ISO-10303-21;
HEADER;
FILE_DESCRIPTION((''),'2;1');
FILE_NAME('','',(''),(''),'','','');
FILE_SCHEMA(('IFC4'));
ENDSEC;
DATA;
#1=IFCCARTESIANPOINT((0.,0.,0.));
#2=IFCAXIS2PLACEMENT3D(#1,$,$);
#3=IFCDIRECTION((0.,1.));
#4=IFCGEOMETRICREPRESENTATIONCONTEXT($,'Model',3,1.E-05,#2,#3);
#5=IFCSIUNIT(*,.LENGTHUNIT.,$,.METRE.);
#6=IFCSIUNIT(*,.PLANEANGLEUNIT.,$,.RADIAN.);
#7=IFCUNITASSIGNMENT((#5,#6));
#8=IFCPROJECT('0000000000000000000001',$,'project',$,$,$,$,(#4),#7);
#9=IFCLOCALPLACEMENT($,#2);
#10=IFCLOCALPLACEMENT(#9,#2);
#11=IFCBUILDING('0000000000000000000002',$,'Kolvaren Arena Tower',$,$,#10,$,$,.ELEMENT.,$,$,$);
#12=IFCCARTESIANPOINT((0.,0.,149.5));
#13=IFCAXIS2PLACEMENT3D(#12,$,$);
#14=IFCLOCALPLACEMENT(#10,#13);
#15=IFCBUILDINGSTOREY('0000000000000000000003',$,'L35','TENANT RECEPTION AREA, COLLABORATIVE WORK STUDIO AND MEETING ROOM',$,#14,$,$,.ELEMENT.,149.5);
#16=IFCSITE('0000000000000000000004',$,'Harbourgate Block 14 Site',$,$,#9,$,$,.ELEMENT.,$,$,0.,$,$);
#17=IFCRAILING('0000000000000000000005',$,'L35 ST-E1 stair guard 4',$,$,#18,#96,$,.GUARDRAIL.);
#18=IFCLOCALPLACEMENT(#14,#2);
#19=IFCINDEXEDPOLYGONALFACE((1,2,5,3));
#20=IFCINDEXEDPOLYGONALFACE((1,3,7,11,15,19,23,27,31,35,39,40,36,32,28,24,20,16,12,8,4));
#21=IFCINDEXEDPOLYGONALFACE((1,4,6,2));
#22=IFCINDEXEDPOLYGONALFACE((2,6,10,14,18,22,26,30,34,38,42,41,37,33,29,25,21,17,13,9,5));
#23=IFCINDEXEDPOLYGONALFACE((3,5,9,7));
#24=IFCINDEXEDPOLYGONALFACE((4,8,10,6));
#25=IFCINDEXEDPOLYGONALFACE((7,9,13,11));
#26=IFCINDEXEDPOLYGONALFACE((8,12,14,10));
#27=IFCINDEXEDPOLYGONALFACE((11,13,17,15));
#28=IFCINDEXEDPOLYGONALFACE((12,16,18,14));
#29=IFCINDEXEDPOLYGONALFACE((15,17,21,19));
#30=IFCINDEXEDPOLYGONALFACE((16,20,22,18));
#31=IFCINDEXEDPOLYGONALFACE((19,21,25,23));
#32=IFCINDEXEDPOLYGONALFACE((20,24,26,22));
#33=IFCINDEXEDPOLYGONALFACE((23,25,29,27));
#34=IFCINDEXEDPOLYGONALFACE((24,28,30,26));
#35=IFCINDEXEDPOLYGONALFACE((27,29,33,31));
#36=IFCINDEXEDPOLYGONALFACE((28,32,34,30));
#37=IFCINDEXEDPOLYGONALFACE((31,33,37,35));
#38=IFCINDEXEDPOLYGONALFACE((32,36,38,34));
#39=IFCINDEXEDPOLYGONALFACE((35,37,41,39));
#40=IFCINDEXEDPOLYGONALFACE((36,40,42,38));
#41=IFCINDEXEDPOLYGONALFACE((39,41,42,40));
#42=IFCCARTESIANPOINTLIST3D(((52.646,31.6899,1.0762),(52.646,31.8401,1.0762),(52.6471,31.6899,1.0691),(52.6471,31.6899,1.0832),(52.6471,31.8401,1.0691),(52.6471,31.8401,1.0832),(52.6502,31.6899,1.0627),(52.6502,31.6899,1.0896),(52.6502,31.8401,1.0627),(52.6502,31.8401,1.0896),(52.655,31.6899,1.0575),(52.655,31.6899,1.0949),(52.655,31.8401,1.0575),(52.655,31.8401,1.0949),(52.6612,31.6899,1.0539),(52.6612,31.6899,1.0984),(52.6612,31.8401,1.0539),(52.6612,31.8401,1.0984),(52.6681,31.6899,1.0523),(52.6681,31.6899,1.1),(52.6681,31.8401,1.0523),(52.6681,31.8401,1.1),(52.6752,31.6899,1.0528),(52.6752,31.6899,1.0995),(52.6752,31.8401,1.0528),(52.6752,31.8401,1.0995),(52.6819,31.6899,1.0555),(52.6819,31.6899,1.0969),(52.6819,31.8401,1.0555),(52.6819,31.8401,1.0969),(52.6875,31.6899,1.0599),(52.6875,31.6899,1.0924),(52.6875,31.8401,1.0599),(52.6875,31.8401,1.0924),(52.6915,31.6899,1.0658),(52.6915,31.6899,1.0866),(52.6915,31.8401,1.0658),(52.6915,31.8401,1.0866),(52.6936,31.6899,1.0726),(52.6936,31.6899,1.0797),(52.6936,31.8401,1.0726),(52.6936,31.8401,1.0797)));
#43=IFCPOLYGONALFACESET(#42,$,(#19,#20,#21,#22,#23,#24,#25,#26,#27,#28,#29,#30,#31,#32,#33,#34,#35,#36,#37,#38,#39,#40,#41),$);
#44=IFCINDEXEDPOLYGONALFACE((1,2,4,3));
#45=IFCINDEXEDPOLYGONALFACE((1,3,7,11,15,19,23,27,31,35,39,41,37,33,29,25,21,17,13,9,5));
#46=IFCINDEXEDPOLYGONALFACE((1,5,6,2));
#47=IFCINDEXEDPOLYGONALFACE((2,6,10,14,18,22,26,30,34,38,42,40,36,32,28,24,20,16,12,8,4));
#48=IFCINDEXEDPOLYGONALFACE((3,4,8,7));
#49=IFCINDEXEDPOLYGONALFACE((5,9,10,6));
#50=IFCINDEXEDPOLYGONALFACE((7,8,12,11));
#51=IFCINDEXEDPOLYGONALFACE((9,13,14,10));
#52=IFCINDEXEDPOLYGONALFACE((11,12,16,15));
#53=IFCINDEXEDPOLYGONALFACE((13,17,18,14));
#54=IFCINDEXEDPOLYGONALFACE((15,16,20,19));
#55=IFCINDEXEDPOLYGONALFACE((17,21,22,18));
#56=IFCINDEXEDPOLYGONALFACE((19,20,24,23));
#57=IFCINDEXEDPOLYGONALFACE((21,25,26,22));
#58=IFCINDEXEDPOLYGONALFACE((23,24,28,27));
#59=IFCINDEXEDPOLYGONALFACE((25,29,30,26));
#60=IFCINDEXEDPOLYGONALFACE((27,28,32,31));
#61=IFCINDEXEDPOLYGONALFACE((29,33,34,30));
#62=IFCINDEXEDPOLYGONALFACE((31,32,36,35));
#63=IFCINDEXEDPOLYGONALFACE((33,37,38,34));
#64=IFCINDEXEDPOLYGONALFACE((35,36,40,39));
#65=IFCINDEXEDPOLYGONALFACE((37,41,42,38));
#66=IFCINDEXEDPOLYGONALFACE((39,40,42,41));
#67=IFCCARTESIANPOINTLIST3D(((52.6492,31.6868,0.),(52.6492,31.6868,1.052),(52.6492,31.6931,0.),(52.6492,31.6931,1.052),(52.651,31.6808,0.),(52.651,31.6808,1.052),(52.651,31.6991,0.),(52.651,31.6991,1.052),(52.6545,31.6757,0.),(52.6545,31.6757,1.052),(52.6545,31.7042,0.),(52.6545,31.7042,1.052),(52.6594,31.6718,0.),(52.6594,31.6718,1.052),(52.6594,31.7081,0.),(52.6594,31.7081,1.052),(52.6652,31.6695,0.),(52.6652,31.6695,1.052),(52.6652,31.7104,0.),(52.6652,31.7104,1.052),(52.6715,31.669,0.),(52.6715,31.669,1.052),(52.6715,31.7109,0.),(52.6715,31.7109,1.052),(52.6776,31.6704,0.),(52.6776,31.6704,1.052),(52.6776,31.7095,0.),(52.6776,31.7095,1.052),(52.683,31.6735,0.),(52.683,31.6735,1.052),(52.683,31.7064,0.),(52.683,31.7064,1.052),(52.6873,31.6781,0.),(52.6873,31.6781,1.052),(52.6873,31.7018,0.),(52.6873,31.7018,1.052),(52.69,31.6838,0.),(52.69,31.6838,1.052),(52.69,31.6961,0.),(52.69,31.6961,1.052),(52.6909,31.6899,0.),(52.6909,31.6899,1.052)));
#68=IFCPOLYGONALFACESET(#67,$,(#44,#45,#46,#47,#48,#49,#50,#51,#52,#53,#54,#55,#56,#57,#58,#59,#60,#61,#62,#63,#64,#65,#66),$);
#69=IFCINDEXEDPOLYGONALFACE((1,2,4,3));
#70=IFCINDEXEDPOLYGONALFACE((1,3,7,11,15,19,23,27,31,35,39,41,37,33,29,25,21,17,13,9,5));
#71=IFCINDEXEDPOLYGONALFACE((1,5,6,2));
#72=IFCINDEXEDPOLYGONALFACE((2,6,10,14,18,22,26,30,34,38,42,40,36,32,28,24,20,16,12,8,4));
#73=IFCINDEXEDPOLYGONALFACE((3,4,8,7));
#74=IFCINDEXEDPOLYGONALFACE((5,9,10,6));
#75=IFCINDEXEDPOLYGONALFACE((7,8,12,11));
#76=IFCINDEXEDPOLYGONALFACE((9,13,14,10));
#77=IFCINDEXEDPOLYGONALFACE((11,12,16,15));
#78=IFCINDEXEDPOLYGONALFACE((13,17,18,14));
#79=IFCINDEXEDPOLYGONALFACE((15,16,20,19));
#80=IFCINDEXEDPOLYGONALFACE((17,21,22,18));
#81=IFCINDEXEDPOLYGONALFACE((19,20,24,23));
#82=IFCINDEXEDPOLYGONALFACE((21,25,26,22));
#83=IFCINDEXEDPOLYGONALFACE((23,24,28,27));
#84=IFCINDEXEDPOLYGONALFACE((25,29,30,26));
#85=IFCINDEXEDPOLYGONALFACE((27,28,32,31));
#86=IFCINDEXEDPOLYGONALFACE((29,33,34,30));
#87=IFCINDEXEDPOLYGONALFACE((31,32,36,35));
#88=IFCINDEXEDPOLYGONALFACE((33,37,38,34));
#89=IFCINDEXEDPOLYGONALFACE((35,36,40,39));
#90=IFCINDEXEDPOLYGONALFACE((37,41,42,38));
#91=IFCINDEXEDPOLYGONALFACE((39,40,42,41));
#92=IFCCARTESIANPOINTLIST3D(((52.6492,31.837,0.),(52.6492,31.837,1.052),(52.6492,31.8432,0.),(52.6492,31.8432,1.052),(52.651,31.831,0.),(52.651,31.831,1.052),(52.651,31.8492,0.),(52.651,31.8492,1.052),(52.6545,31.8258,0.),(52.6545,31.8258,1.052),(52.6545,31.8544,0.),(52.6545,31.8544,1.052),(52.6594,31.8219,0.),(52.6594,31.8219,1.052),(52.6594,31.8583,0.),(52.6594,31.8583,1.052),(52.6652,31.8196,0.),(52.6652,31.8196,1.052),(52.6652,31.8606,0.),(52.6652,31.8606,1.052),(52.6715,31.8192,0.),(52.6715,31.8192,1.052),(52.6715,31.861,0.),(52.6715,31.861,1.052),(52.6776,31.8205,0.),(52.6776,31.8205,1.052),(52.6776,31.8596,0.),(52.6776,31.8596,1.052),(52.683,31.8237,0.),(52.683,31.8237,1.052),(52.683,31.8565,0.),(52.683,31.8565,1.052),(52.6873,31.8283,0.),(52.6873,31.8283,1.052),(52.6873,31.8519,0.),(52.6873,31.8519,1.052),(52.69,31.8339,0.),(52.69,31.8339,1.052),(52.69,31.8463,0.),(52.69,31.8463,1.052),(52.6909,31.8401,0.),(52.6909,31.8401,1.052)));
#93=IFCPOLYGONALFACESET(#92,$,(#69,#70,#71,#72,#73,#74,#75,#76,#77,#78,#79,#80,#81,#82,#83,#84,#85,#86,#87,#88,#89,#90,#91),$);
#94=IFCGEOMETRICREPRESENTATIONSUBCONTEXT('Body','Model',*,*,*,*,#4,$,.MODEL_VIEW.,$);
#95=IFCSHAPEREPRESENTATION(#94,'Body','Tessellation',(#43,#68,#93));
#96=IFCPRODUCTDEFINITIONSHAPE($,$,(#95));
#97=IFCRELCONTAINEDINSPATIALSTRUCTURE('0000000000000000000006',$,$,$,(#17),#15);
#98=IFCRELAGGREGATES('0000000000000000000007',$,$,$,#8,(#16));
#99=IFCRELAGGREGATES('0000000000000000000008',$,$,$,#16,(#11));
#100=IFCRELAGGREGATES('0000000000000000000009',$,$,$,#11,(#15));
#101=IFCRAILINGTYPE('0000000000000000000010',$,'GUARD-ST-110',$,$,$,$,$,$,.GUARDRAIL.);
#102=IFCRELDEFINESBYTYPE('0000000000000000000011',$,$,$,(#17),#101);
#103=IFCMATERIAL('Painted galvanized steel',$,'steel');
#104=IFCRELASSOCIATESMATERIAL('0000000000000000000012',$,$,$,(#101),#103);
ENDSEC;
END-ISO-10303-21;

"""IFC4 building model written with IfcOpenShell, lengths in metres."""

from ifc_helpers import new_model, si_unit, direction, frame, origin, origin_2d, place, context, subcontext, project, spatial, circle, extrude, material, type_object, element, save


model = new_model("IFC4")

# Units and contexts
model_context = context("Model", 3, precision=1e-05, world=origin(), true_north=direction((0.0, 1.0)))
body_context = subcontext(model_context, "Body", "Model", "MODEL_VIEW")
ifc_project = project(units=[si_unit("LENGTHUNIT", "METRE"), si_unit("PLANEANGLEUNIT", "RADIAN")], contexts=[model_context])

# Site, building, storey
site_placement = place(None, origin())
site = spatial("IfcSite", under=ifc_project, at=site_placement, Name="Harbourgate Block 14 Site", CompositionType="ELEMENT", RefElevation=0.0)
building_placement = place(site_placement, origin())
building = spatial("IfcBuilding", under=site, at=building_placement, Name="Kolvaren Arena Tower", CompositionType="ELEMENT")
storey_placement = place(building_placement, frame((0.0, 0.0, 149.5)))
storey = spatial("IfcBuildingStorey", under=building, at=storey_placement, Name="L35", Description="TENANT RECEPTION AREA, COLLABORATIVE WORK STUDIO AND MEETING ROOM", CompositionType="ELEMENT", Elevation=149.5)

# Railing
ifc_material_1 = material(Name="Painted galvanized steel", Category="steel")
railing_type_1 = type_object("IfcRailingType", Name="GUARD-ST-110", PredefinedType="GUARDRAIL", material=ifc_material_1)
railing_1_placement = place(storey_placement, frame((52.6699, 31.6899, 0.0)))
element("IfcRailing", 1, at=railing_1_placement, inside=storey, type_object=railing_type_1, Name="L35 ST-E1 stair guard 4", PredefinedType="GUARDRAIL", context=body_context, shape_type="SweptSolid", body=[
    extrude(circle(Radius=0.0239, at=origin_2d()), frame((0.0, 0.0, 1.0762), z_axis=(0.0, 1.0, 0.0), x_axis=(-1.0, 0.0, 0.0)), (0.0, 0.0, 1.0), 0.1501),
    extrude(circle(Radius=0.021, at=origin_2d()), origin(), (0.0, 0.0, 1.0), 1.052),
    extrude(circle(Radius=0.021, at=origin_2d()), frame((0.0, 0.1501, 0.0)), (0.0, 0.0, 1.0), 1.052),
])

save(model, "model.ifc")
